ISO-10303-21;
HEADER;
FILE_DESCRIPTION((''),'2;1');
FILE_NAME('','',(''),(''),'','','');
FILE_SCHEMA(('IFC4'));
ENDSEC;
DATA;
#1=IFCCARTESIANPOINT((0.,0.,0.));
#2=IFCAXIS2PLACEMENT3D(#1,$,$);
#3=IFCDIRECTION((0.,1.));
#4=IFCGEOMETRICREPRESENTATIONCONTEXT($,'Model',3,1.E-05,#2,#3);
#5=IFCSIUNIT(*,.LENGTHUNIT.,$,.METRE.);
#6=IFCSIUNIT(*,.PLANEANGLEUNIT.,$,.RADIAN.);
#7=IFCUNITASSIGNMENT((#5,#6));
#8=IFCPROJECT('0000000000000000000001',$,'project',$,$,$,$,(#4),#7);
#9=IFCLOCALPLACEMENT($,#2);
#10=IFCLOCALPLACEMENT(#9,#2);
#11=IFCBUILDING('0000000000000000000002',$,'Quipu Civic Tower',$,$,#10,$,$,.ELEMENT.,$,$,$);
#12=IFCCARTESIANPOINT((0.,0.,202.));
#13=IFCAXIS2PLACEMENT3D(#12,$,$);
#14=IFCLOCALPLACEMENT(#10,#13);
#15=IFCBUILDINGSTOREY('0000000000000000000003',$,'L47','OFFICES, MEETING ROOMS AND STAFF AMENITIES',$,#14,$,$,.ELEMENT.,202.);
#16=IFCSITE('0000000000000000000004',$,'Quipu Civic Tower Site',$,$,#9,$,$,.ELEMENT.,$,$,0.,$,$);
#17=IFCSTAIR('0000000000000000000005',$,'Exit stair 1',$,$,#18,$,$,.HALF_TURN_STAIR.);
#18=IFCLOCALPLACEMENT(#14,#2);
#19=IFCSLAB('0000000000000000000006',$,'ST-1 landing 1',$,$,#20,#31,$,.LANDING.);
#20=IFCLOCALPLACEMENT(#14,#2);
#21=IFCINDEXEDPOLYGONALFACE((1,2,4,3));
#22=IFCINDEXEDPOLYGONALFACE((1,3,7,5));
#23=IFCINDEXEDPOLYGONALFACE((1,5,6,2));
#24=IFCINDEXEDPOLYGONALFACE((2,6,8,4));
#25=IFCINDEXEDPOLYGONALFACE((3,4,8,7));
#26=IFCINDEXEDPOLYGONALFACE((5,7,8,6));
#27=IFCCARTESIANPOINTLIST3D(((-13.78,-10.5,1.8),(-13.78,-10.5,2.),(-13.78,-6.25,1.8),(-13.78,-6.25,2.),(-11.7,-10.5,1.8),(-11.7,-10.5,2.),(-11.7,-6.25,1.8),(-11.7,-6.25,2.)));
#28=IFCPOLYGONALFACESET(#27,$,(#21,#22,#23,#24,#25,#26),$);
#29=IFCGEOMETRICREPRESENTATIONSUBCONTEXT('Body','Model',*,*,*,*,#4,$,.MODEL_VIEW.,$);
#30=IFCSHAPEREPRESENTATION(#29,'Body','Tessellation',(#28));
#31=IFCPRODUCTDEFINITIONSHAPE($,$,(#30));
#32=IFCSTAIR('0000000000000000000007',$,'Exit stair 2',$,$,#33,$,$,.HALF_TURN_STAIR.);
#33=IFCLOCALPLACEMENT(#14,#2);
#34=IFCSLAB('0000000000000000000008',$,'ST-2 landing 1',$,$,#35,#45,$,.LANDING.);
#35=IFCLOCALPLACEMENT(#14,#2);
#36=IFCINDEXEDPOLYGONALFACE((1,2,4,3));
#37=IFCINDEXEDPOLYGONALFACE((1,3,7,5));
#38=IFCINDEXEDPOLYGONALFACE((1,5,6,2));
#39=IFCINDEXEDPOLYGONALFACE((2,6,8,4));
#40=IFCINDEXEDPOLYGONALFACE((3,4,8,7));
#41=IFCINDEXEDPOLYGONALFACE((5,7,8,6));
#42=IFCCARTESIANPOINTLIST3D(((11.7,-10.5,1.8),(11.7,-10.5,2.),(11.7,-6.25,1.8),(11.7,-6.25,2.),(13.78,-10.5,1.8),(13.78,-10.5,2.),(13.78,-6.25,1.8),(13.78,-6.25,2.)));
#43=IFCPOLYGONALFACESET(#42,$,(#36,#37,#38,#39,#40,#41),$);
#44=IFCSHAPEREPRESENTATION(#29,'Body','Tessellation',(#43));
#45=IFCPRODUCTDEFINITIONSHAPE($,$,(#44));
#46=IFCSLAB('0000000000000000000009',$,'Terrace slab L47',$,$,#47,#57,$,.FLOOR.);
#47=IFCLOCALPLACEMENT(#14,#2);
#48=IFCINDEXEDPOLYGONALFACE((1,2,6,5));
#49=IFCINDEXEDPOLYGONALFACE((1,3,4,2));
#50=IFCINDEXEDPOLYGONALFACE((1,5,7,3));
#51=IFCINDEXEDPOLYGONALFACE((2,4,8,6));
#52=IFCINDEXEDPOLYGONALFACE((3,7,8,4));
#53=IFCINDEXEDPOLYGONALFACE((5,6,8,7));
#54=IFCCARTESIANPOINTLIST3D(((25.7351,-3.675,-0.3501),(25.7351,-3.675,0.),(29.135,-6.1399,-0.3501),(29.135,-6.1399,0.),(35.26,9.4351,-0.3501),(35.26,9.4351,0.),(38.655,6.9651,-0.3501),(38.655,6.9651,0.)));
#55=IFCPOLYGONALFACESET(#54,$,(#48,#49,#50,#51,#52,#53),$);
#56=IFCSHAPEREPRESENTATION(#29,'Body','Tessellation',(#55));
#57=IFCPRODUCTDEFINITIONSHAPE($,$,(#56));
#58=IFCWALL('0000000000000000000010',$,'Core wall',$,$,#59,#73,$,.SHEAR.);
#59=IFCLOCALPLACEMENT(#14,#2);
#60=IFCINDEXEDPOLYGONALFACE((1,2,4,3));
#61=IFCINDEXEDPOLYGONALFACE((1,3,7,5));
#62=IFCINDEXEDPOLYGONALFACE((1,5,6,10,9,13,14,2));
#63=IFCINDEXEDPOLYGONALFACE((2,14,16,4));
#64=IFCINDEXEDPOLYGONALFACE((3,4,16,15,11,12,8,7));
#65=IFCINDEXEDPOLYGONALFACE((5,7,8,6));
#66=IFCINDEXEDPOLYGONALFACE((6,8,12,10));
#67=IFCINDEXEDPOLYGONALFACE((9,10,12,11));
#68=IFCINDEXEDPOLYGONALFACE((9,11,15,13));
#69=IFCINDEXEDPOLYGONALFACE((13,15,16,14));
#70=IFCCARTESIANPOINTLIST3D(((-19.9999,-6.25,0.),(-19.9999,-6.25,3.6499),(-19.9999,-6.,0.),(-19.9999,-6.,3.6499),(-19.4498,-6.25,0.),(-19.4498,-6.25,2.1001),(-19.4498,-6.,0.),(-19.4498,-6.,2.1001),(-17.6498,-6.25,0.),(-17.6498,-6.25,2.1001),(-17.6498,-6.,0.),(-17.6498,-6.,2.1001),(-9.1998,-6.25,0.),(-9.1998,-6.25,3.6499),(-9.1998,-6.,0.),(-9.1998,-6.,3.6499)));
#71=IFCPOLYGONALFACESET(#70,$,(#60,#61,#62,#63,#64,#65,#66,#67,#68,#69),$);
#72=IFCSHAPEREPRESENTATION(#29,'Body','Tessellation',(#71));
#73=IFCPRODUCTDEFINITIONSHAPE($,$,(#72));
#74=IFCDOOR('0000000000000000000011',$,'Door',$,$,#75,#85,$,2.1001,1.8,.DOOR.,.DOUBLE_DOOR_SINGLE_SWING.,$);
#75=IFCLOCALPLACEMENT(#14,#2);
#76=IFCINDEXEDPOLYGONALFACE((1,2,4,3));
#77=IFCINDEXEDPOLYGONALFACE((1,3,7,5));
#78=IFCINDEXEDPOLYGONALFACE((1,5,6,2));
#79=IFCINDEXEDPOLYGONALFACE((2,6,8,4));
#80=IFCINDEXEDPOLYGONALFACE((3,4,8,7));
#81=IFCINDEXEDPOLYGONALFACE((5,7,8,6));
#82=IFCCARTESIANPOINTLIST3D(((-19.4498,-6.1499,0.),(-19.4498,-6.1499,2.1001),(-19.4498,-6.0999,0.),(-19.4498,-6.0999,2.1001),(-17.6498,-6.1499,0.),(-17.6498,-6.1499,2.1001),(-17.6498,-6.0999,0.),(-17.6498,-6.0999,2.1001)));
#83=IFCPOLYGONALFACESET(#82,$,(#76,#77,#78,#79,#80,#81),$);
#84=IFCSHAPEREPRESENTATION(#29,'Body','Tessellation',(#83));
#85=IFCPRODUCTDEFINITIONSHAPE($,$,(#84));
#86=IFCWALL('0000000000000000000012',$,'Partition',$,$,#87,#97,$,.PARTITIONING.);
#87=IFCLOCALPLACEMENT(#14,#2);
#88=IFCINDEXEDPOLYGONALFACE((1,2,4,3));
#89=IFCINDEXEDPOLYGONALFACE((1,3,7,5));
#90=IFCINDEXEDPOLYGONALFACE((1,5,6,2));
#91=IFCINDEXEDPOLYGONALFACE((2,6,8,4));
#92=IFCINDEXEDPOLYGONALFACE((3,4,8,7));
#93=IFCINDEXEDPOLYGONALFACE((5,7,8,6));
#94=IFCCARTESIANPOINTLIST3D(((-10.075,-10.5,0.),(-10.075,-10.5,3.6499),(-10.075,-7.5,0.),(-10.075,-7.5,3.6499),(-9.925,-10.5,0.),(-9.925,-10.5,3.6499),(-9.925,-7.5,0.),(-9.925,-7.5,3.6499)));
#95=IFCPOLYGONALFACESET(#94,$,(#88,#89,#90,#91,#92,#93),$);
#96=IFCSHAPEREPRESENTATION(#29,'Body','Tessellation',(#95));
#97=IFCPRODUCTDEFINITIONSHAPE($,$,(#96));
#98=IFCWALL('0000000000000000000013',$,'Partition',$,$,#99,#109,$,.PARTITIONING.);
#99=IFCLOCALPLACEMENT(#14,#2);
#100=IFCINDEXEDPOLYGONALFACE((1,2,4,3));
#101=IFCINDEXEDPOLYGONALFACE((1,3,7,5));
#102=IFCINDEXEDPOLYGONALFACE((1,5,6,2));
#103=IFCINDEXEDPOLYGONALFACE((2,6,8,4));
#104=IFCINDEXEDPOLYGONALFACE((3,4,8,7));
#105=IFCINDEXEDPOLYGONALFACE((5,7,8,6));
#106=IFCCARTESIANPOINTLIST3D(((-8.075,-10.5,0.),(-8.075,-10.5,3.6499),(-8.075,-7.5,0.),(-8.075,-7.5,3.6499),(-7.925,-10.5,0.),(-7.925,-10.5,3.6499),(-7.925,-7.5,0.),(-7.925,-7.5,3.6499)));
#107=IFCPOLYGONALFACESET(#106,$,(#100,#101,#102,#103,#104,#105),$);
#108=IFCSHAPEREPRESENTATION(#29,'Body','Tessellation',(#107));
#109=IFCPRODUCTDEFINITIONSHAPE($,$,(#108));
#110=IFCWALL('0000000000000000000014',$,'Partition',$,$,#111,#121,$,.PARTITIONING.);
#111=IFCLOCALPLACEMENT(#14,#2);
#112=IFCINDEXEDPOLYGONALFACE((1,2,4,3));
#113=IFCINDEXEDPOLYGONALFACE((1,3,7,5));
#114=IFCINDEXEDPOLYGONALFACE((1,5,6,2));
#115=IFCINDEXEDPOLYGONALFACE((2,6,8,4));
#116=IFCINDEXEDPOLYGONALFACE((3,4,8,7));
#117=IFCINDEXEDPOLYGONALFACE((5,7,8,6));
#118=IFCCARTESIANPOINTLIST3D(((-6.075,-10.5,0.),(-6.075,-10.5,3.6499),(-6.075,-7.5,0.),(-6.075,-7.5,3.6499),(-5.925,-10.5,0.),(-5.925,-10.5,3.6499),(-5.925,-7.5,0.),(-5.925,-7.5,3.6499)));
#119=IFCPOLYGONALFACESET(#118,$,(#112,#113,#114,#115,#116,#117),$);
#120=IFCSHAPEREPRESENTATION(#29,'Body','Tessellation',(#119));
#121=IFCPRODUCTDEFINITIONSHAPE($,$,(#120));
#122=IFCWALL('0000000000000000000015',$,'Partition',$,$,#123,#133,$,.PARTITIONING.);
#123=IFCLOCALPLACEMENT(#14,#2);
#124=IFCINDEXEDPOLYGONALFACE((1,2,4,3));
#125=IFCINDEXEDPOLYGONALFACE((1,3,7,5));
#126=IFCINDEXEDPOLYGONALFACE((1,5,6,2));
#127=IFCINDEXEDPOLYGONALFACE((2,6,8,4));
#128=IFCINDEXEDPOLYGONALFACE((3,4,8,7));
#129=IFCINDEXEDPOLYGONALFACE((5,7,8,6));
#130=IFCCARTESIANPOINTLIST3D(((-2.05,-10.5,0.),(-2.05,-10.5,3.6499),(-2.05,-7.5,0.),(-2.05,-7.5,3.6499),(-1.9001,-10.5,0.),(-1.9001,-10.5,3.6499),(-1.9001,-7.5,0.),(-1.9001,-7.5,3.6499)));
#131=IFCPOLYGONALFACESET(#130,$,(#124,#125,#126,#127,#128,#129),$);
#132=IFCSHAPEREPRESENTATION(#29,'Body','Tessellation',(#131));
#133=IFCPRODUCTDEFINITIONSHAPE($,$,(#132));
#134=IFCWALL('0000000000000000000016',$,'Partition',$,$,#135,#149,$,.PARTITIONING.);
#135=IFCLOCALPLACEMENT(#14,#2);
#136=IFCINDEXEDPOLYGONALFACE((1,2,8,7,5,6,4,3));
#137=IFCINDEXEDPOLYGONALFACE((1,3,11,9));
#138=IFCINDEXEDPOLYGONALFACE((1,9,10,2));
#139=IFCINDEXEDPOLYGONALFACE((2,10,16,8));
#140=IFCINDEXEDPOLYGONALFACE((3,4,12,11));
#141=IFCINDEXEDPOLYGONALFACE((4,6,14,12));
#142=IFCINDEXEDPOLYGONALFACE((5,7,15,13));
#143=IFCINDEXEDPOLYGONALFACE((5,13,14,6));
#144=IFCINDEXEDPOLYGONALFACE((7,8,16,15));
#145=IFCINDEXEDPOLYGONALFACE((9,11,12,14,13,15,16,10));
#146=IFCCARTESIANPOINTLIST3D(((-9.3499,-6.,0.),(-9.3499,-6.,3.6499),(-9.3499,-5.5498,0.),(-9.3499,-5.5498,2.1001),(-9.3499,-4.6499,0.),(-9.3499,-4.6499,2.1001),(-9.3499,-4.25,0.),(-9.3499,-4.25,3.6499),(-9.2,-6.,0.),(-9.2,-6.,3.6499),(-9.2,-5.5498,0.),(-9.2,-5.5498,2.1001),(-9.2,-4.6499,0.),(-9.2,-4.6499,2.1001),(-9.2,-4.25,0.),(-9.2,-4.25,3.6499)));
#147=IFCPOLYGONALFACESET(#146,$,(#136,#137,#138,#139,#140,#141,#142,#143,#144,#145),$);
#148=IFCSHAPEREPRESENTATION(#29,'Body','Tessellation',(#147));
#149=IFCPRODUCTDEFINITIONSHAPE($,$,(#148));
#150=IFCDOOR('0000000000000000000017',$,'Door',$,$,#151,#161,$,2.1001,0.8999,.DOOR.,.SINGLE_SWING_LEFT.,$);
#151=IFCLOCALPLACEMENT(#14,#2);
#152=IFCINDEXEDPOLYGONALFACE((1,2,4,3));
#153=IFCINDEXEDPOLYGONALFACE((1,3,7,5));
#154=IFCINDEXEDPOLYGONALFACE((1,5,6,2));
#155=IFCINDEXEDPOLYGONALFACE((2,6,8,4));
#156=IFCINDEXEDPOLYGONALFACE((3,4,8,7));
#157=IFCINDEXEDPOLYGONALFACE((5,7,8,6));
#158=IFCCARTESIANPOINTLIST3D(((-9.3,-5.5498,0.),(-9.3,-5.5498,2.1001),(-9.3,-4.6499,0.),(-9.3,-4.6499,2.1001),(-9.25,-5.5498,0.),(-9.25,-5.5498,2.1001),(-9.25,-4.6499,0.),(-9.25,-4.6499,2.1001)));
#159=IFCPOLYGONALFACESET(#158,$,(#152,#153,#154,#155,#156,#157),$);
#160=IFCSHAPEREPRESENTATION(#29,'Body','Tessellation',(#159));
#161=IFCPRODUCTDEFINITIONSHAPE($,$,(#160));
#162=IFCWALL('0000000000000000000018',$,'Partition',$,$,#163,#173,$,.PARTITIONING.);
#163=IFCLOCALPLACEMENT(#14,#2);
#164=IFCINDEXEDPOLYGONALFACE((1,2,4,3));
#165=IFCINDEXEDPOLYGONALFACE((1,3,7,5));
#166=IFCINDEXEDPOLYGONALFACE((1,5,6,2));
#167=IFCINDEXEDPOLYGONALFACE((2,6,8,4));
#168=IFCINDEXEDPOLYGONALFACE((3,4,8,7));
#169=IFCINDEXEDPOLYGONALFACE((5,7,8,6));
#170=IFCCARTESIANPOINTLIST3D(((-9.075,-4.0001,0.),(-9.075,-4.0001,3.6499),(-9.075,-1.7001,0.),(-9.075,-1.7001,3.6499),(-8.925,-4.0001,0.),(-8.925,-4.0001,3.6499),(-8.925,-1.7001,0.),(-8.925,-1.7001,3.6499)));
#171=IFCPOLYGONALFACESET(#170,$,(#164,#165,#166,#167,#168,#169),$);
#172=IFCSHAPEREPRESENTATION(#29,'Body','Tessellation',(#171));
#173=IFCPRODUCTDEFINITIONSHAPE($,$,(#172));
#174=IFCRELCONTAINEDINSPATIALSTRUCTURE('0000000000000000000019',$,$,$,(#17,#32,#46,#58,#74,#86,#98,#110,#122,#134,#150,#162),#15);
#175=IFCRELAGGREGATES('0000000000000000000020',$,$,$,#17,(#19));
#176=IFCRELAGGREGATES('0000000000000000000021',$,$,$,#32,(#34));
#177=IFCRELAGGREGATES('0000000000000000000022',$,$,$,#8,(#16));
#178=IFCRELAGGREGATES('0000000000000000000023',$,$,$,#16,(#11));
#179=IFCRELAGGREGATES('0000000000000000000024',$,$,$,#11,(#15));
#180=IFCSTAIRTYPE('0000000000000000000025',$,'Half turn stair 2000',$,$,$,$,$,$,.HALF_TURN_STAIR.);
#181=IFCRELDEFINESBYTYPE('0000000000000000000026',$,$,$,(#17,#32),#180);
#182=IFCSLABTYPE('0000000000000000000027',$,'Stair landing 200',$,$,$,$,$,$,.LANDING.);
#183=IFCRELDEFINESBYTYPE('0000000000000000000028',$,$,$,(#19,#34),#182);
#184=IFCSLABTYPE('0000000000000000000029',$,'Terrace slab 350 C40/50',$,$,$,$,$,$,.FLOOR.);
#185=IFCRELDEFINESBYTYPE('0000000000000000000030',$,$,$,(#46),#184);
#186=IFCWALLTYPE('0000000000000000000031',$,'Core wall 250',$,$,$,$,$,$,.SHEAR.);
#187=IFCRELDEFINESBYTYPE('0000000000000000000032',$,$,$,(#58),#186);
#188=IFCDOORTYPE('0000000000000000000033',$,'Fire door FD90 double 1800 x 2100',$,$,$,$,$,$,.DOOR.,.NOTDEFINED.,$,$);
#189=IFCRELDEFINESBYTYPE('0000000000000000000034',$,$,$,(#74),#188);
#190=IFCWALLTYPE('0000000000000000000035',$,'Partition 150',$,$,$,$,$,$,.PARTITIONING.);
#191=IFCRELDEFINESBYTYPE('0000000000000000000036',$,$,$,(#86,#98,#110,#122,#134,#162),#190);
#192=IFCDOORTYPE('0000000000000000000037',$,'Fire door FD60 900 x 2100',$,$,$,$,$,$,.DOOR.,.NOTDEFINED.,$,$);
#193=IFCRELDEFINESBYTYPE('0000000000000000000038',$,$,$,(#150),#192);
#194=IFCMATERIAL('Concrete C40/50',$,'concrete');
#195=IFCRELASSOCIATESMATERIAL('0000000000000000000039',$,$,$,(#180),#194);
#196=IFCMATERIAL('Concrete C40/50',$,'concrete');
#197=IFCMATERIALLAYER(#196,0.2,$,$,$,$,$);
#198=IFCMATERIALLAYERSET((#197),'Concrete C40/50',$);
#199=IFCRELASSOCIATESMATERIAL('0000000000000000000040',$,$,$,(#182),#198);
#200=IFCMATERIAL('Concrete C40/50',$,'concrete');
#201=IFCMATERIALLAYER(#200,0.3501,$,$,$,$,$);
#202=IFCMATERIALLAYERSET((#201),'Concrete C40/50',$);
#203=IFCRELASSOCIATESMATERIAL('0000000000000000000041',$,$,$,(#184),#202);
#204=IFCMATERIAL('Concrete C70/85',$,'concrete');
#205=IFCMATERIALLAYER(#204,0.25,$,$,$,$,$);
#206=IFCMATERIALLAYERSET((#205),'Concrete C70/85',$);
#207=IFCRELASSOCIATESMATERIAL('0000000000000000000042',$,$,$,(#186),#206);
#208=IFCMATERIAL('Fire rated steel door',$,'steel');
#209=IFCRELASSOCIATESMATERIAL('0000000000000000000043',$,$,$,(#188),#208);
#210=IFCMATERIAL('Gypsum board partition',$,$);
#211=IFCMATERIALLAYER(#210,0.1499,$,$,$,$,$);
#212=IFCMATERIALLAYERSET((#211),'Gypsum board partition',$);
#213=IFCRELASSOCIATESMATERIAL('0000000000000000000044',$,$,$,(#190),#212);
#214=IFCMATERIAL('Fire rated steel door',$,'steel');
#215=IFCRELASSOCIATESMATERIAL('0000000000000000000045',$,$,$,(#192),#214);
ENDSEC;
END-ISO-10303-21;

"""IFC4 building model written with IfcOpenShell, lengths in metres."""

from ifc_helpers import new_model, si_unit, direction, frame, frame_2d, origin, place, context, subcontext, project, spatial, polyline, rectangle, outline, extrude, material, layer, layer_set, type_object, element, fill, aggregate, save


model = new_model("IFC4")

# Units and contexts
model_context = context("Model", 3, precision=1e-05, world=origin(), true_north=direction((0.0, 1.0)))
body_context = subcontext(model_context, "Body", "Model", "MODEL_VIEW")
ifc_project = project(units=[si_unit("LENGTHUNIT", "METRE"), si_unit("PLANEANGLEUNIT", "RADIAN")], contexts=[model_context])

# Site, building, storey
site_placement = place(None, origin())
site = spatial("IfcSite", under=ifc_project, at=site_placement, Name="Quipu Civic Tower Site", CompositionType="ELEMENT", RefElevation=0.0)
building_placement = place(site_placement, origin())
building = spatial("IfcBuilding", under=site, at=building_placement, Name="Quipu Civic Tower", CompositionType="ELEMENT")
storey_placement = place(building_placement, frame((0.0, 0.0, 202.0)))
storey = spatial("IfcBuildingStorey", under=building, at=storey_placement, Name="L47", Description="OFFICES, MEETING ROOMS AND STAFF AMENITIES", CompositionType="ELEMENT", Elevation=202.0)

# Stairs, slabs
ifc_material_1 = material(Name="Concrete C40/50", Category="concrete")
stair_type = type_object("IfcStairType", Name="Half turn stair 2000", PredefinedType="HALF_TURN_STAIR", material=ifc_material_1)
stair_1_placement = place(storey_placement, origin())
stair_1 = element("IfcStair", 1, at=stair_1_placement, inside=storey, type_object=stair_type, Name="Exit stair 1", PredefinedType="HALF_TURN_STAIR")
ifc_material_2 = material(Name="Concrete C40/50", Category="concrete")
ifc_layer_1 = layer(ifc_material_2, 0.2)
ifc_layer_set_1 = layer_set([ifc_layer_1], Name="Concrete C40/50")
slab_type_1 = type_object("IfcSlabType", Name="Stair landing 200", PredefinedType="LANDING", material=ifc_layer_set_1)
slab_1_placement = place(storey_placement, frame((0.0, 0.0, 1.8)))
slab_1 = element("IfcSlab", 2, at=slab_1_placement, type_object=slab_type_1, Name="ST-1 landing 1", PredefinedType="LANDING", context=body_context, shape_type="SweptSolid", body=[
    extrude(outline(polyline([(-13.78, -10.5), (-11.7, -10.5), (-11.7, -6.25), (-13.78, -6.25), (-13.78, -10.5)])), origin(), (0.0, 0.0, 1.0), 0.2),
])
aggregate(stair_1, [slab_1])
stair_2_placement = place(storey_placement, origin())
stair_2 = element("IfcStair", 3, at=stair_2_placement, inside=storey, type_object=stair_type, Name="Exit stair 2", PredefinedType="HALF_TURN_STAIR")
slab_2_placement = place(storey_placement, frame((0.0, 0.0, 1.8)))
slab_2 = element("IfcSlab", 4, at=slab_2_placement, type_object=slab_type_1, Name="ST-2 landing 1", PredefinedType="LANDING", context=body_context, shape_type="SweptSolid", body=[
    extrude(outline(polyline([(13.78, -6.25), (11.7, -6.25), (11.7, -10.5), (13.78, -10.5), (13.78, -6.25)])), origin(), (0.0, 0.0, 1.0), 0.2),
])
aggregate(stair_2, [slab_2])

# Slab
ifc_material_3 = material(Name="Concrete C40/50", Category="concrete")
ifc_layer_2 = layer(ifc_material_3, 0.3501)
ifc_layer_set_2 = layer_set([ifc_layer_2], Name="Concrete C40/50")
slab_type_2 = type_object("IfcSlabType", Name="Terrace slab 350 C40/50", PredefinedType="FLOOR", material=ifc_layer_set_2)
slab_3_placement = place(storey_placement, frame((0.0, 0.0, -0.3501)))
element("IfcSlab", 5, at=slab_3_placement, inside=storey, type_object=slab_type_2, Name="Terrace slab L47", PredefinedType="FLOOR", context=body_context, shape_type="SweptSolid", body=[
    extrude(outline(polyline([(38.655, 6.9651), (29.135, -6.1399), (25.7351, -3.675), (35.26, 9.4351), (38.655, 6.9651)])), origin(), (0.0, 0.0, 1.0), 0.3501),
])

# Wall, opening, door
ifc_material_4 = material(Name="Concrete C70/85", Category="concrete")
ifc_layer_3 = layer(ifc_material_4, 0.25)
ifc_layer_set_3 = layer_set([ifc_layer_3], Name="Concrete C70/85")
wall_type_1 = type_object("IfcWallType", Name="Core wall 250", PredefinedType="SHEAR", material=ifc_layer_set_3)
wall_1_placement = place(storey_placement, frame((-9.2, -6.125, 0.0), z_axis=(0.0, 0.0, 1.0), x_axis=(-1.0, 0.0, 0.0)))
wall_1 = element("IfcWall", 6, at=wall_1_placement, inside=storey, type_object=wall_type_1, Name="Core wall", PredefinedType="SHEAR", context=body_context, shape_type="SweptSolid", body=[
    extrude(rectangle(XDim=10.8, YDim=0.25, at=frame_2d((5.3999, 0.0))), origin(), (0.0, 0.0, 1.0), 3.6499),
])
opening_1_placement = place(wall_1_placement, frame((8.45, 0.0, 0.0)))
opening_1 = element("IfcOpeningElement", 7, at=opening_1_placement, cuts=wall_1, PredefinedType="OPENING", context=body_context, shape_type="SweptSolid", body=[
    extrude(rectangle(XDim=1.8, YDim=2.1001, at=frame_2d((0.8999, 1.05))), frame((0.0, 0.135, 0.0), z_axis=(0.0, -1.0, 0.0), x_axis=(1.0, 0.0, 0.0)), (0.0, 0.0, 1.0), 0.27),
])
ifc_material_5 = material(Name="Fire rated steel door", Category="steel")
door_type_1 = type_object("IfcDoorType", Name="Fire door FD90 double 1800 x 2100", OperationType="NOTDEFINED", PredefinedType="DOOR", material=ifc_material_5)
door_1_placement = place(opening_1_placement, origin())
door_1 = element("IfcDoor", 8, at=door_1_placement, inside=storey, type_object=door_type_1, Name="Door", OperationType="DOUBLE_DOOR_SINGLE_SWING", OverallHeight=2.1001, OverallWidth=1.8, PredefinedType="DOOR", context=body_context, shape_type="SweptSolid", body=[
    extrude(rectangle(XDim=1.8, YDim=2.1001, at=frame_2d((0.8999, 1.05))), frame((0.0, 0.0249, 0.0), z_axis=(0.0, -1.0, 0.0), x_axis=(1.0, 0.0, 0.0)), (0.0, 0.0, 1.0), 0.05),
])
fill(opening_1, door_1)

# Walls
ifc_material_6 = material(Name="Gypsum board partition")
ifc_layer_4 = layer(ifc_material_6, 0.1499)
ifc_layer_set_4 = layer_set([ifc_layer_4], Name="Gypsum board partition")
wall_type_2 = type_object("IfcWallType", Name="Partition 150", PredefinedType="PARTITIONING", material=ifc_layer_set_4)
for number, where, z_axis, x_axis, name in (
    (9, (-10.0, -10.5, 0.0), (0.0, 0.0, 1.0), (0.0, 1.0, 0.0), "Partition"),
    (10, (-8.0, -10.5, 0.0), (0.0, 0.0, 1.0), (0.0, 1.0, 0.0), "Partition"),
    (11, (-6.0, -10.5, 0.0), (0.0, 0.0, 1.0), (0.0, 1.0, 0.0), "Partition"),
    (12, (-1.9751, -10.5, 0.0), (0.0, 0.0, 1.0), (0.0, 1.0, 0.0), "Partition"),
):
    element("IfcWall", number, at=place(storey_placement, frame(where, z_axis=z_axis, x_axis=x_axis)), inside=storey, type_object=wall_type_2, Name=name, PredefinedType="PARTITIONING", context=body_context, shape_type="SweptSolid", body=[
        extrude(rectangle(XDim=3.0, YDim=0.1499, at=frame_2d((1.5, 0.0))), origin(), (0.0, 0.0, 1.0), 3.6499),
    ])

# Wall, opening, door
wall_2_placement = place(storey_placement, frame((-9.2749, -4.25, 0.0), z_axis=(0.0, 0.0, 1.0), x_axis=(0.0, -1.0, 0.0)))
wall_2 = element("IfcWall", 13, at=wall_2_placement, inside=storey, type_object=wall_type_2, Name="Partition", PredefinedType="PARTITIONING", context=body_context, shape_type="SweptSolid", body=[
    extrude(rectangle(XDim=1.75, YDim=0.1499, at=frame_2d((0.875, 0.0))), origin(), (0.0, 0.0, 1.0), 3.6499),
])
opening_2_placement = place(wall_2_placement, frame((0.3999, 0.0, 0.0)))
opening_2 = element("IfcOpeningElement", 14, at=opening_2_placement, cuts=wall_2, PredefinedType="OPENING", context=body_context, shape_type="SweptSolid", body=[
    extrude(rectangle(XDim=0.8999, YDim=2.1001, at=frame_2d((0.45, 1.05))), frame((0.0, 0.085, 0.0), z_axis=(0.0, -1.0, 0.0), x_axis=(1.0, 0.0, 0.0)), (0.0, 0.0, 1.0), 0.1699),
])
ifc_material_7 = material(Name="Fire rated steel door", Category="steel")
door_type_2 = type_object("IfcDoorType", Name="Fire door FD60 900 x 2100", OperationType="NOTDEFINED", PredefinedType="DOOR", material=ifc_material_7)
door_2_placement = place(opening_2_placement, origin())
door_2 = element("IfcDoor", 15, at=door_2_placement, inside=storey, type_object=door_type_2, Name="Door", OperationType="SINGLE_SWING_LEFT", OverallHeight=2.1001, OverallWidth=0.8999, PredefinedType="DOOR", context=body_context, shape_type="SweptSolid", body=[
    extrude(rectangle(XDim=0.8999, YDim=2.1001, at=frame_2d((0.45, 1.05))), frame((0.0, 0.0249, 0.0), z_axis=(0.0, -1.0, 0.0), x_axis=(1.0, 0.0, 0.0)), (0.0, 0.0, 1.0), 0.05),
])
fill(opening_2, door_2)

# Wall
wall_3_placement = place(storey_placement, frame((-9.0, -4.0, 0.0), z_axis=(0.0, 0.0, 1.0), x_axis=(0.0, 1.0, 0.0)))
element("IfcWall", 16, at=wall_3_placement, inside=storey, type_object=wall_type_2, Name="Partition", PredefinedType="PARTITIONING", context=body_context, shape_type="SweptSolid", body=[
    extrude(rectangle(XDim=2.3, YDim=0.1499, at=frame_2d((1.1499, 0.0))), origin(), (0.0, 0.0, 1.0), 3.6499),
])

save(model, "model.ifc")
